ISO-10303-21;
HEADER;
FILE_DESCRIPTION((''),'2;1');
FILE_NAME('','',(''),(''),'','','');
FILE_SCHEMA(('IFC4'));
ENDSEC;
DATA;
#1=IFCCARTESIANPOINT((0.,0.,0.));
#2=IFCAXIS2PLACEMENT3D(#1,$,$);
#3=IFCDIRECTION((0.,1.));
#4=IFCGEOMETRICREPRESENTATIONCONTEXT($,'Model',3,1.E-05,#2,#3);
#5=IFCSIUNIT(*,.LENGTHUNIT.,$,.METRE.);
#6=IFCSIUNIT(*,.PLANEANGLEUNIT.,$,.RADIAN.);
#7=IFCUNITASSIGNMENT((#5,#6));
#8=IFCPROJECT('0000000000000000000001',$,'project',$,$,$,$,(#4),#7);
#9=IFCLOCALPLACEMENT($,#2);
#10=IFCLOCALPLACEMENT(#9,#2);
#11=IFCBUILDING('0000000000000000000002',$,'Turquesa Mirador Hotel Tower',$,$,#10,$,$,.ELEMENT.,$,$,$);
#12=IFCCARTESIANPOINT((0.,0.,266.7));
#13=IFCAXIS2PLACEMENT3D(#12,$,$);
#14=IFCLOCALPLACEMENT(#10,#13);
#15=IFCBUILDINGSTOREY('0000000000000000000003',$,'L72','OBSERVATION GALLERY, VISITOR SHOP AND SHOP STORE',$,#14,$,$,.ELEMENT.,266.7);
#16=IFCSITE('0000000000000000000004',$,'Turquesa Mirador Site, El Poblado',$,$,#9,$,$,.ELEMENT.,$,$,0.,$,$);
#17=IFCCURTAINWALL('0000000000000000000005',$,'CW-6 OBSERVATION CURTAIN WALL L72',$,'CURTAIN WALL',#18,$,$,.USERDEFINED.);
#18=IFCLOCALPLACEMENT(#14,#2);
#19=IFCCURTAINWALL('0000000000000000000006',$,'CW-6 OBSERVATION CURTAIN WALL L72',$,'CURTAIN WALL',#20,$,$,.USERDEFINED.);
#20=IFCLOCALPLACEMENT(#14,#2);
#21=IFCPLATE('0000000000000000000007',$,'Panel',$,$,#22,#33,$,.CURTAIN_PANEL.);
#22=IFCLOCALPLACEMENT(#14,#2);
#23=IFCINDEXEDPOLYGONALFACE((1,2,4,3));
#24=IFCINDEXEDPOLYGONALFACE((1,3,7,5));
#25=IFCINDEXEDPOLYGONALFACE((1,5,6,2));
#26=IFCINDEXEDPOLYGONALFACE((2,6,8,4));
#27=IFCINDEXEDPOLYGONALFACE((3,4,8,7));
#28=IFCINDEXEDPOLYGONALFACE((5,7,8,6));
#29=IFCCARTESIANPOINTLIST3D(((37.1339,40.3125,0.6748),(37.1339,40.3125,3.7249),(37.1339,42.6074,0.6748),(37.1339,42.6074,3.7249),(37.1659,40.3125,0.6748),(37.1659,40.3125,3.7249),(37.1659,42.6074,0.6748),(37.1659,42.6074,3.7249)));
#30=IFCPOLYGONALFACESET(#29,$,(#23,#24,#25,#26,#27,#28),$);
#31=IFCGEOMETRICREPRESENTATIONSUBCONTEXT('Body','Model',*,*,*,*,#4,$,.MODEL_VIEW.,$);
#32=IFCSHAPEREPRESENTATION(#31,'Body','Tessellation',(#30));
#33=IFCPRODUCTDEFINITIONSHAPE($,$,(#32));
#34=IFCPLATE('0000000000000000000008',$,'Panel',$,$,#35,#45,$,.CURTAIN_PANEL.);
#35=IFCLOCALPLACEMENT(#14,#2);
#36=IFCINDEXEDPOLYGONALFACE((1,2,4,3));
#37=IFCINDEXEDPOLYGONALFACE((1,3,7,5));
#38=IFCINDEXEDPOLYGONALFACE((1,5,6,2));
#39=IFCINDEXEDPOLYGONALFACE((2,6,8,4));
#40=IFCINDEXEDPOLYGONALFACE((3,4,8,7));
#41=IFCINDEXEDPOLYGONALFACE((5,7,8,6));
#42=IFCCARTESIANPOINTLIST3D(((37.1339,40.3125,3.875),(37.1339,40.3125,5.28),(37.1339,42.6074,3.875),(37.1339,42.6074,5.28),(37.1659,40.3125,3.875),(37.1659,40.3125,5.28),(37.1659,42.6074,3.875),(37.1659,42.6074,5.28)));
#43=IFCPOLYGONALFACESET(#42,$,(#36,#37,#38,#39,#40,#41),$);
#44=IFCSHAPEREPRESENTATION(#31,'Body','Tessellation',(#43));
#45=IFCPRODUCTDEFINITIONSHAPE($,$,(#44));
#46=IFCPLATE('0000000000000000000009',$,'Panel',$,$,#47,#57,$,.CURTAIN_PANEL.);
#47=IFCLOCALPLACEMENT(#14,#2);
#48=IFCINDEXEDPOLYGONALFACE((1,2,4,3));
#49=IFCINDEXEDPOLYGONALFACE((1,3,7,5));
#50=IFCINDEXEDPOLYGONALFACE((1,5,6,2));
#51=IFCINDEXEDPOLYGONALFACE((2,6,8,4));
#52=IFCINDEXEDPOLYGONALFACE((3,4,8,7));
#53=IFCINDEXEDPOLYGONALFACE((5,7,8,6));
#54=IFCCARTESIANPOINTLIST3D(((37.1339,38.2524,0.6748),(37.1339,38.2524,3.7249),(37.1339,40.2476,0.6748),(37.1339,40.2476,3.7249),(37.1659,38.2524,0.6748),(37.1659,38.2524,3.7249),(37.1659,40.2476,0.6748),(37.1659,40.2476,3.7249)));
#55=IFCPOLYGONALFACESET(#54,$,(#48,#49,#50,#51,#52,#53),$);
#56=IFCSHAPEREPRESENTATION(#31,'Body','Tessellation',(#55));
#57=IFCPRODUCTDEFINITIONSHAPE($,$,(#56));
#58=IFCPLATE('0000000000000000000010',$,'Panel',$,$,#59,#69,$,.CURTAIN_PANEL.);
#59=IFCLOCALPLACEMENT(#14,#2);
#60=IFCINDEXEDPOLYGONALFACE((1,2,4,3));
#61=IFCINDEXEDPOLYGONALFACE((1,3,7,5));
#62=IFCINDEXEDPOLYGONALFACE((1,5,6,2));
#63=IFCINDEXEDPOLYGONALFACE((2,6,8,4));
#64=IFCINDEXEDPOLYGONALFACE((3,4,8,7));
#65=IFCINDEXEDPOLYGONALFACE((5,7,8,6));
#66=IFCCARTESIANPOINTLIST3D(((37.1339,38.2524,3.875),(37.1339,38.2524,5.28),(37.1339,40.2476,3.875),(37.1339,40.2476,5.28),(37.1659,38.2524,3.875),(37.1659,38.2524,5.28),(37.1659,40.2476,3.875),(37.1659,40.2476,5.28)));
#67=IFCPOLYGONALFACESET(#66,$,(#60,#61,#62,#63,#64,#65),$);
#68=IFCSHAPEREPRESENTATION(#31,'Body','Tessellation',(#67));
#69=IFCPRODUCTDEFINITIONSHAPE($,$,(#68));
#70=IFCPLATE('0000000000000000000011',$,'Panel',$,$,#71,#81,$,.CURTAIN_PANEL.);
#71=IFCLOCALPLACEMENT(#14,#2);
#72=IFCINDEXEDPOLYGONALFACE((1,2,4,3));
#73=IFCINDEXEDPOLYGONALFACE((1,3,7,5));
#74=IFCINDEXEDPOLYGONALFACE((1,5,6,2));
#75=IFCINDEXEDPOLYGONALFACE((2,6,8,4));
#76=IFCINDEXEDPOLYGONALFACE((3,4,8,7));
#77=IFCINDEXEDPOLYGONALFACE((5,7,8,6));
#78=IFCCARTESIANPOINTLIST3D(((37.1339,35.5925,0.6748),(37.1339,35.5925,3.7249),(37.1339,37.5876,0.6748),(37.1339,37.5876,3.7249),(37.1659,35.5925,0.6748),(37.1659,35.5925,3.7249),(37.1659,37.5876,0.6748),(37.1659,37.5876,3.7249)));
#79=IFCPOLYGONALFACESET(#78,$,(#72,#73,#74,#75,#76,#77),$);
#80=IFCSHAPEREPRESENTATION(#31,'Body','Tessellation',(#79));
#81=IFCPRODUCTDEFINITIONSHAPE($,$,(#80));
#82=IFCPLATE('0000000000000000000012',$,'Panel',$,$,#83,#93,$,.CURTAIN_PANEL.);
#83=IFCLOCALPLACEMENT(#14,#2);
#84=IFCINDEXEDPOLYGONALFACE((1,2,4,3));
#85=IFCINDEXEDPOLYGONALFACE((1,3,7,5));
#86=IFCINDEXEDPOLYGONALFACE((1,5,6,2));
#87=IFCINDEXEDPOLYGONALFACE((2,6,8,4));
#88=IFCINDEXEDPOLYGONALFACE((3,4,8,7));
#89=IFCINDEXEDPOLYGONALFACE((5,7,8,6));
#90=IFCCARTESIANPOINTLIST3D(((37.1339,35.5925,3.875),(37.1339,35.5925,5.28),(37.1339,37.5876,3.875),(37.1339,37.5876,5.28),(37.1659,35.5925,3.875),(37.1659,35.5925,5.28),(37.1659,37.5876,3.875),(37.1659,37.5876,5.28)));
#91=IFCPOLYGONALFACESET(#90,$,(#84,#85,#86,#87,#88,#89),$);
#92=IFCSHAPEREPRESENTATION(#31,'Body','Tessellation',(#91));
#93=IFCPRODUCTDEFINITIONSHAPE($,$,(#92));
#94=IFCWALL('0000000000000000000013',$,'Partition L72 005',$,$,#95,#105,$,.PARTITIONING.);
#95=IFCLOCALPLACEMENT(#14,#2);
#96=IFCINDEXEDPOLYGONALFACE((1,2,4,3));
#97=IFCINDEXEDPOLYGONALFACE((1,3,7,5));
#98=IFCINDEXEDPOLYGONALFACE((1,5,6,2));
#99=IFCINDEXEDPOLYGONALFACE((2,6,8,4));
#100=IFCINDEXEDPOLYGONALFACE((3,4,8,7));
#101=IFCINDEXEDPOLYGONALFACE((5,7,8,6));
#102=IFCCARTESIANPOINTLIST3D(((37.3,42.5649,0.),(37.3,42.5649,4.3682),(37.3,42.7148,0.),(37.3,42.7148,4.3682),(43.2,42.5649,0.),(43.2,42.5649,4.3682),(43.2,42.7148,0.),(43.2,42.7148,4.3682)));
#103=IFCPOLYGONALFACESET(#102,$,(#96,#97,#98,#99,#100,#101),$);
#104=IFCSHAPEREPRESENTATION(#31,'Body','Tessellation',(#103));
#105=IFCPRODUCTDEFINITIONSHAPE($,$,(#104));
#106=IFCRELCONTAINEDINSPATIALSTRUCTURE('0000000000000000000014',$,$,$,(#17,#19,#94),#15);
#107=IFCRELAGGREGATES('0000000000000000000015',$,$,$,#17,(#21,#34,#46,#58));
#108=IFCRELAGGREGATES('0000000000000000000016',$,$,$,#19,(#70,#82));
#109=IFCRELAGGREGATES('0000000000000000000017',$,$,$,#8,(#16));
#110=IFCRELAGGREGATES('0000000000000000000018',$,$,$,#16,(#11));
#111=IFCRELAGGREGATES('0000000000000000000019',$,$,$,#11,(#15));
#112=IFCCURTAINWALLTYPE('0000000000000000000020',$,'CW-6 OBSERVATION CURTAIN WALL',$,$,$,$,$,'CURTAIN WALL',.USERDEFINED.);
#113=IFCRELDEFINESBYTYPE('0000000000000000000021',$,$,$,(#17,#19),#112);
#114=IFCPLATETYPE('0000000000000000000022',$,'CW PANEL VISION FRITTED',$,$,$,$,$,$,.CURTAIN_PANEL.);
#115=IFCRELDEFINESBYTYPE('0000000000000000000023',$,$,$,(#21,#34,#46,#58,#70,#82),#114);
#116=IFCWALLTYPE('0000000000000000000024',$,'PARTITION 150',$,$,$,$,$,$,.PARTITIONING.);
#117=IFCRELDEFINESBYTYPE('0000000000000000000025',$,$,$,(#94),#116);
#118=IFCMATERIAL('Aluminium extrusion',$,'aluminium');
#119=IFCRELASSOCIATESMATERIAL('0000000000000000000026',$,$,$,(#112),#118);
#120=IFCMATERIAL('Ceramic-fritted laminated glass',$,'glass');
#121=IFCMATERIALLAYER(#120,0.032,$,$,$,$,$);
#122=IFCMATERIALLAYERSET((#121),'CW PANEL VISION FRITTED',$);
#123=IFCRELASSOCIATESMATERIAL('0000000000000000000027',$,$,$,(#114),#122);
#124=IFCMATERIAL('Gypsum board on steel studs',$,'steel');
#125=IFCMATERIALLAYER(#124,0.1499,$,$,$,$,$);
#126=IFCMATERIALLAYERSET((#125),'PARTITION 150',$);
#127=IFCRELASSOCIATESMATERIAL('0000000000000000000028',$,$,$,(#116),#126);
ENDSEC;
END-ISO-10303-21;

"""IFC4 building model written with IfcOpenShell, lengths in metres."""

from ifc_helpers import new_model, si_unit, direction, frame, frame_2d, origin, origin_2d, place, context, subcontext, project, spatial, rectangle, extrude, material, layer, layer_set, type_object, element, aggregate, save


model = new_model("IFC4")

# Units and contexts
model_context = context("Model", 3, precision=1e-05, world=origin(), true_north=direction((0.0, 1.0)))
body_context = subcontext(model_context, "Body", "Model", "MODEL_VIEW")
ifc_project = project(units=[si_unit("LENGTHUNIT", "METRE"), si_unit("PLANEANGLEUNIT", "RADIAN")], contexts=[model_context])

# Site, building, storey
site_placement = place(None, origin())
site = spatial("IfcSite", under=ifc_project, at=site_placement, Name="Turquesa Mirador Site, El Poblado", CompositionType="ELEMENT", RefElevation=0.0)
building_placement = place(site_placement, origin())
building = spatial("IfcBuilding", under=site, at=building_placement, Name="Turquesa Mirador Hotel Tower", CompositionType="ELEMENT")
storey_placement = place(building_placement, frame((0.0, 0.0, 266.7)))
storey = spatial("IfcBuildingStorey", under=building, at=storey_placement, Name="L72", Description="OBSERVATION GALLERY, VISITOR SHOP AND SHOP STORE", CompositionType="ELEMENT", Elevation=266.7)

# Curtain walls
ifc_material_1 = material(Name="Aluminium extrusion", Category="aluminium")
curtain_wall_type = type_object("IfcCurtainWallType", Name="CW-6 OBSERVATION CURTAIN WALL", ElementType="CURTAIN WALL", PredefinedType="USERDEFINED", material=ifc_material_1)
curtain_wall_1_placement = place(storey_placement, origin())
curtain_wall_1 = element("IfcCurtainWall", 1, at=curtain_wall_1_placement, inside=storey, type_object=curtain_wall_type, Name="CW-6 OBSERVATION CURTAIN WALL L72", ObjectType="CURTAIN WALL", PredefinedType="USERDEFINED")
curtain_wall_2_placement = place(storey_placement, origin())
curtain_wall_2 = element("IfcCurtainWall", 2, at=curtain_wall_2_placement, inside=storey, type_object=curtain_wall_type, Name="CW-6 OBSERVATION CURTAIN WALL L72", ObjectType="CURTAIN WALL", PredefinedType="USERDEFINED")

# Plates
ifc_material_2 = material(Name="Ceramic-fritted laminated glass", Category="glass")
ifc_layer_1 = layer(ifc_material_2, 0.032)
ifc_layer_set_1 = layer_set([ifc_layer_1], Name="CW PANEL VISION FRITTED")
plate_type_1 = type_object("IfcPlateType", Name="CW PANEL VISION FRITTED", PredefinedType="CURTAIN_PANEL", material=ifc_layer_set_1)
plate_1_placement = place(storey_placement, frame((37.1499, 41.46, 0.6748), z_axis=(0.0, 0.0, 1.0), x_axis=(0.0, -1.0, 0.0)))
plate_1 = element("IfcPlate", 3, at=plate_1_placement, type_object=plate_type_1, Name="Panel", PredefinedType="CURTAIN_PANEL", context=body_context, shape_type="SweptSolid", body=[
    extrude(rectangle(XDim=2.2949, YDim=0.032, at=origin_2d()), origin(), (0.0, 0.0, 1.0), 3.05),
])
plate_2_placement = place(storey_placement, frame((37.1499, 41.46, 3.875), z_axis=(0.0, 0.0, 1.0), x_axis=(0.0, -1.0, 0.0)))
plate_2 = element("IfcPlate", 4, at=plate_2_placement, type_object=plate_type_1, Name="Panel", PredefinedType="CURTAIN_PANEL", context=body_context, shape_type="SweptSolid", body=[
    extrude(rectangle(XDim=2.2949, YDim=0.032, at=origin_2d()), origin(), (0.0, 0.0, 1.0), 1.405),
])
plate_3_placement = place(storey_placement, frame((37.1499, 39.25, 0.6748), z_axis=(0.0, 0.0, 1.0), x_axis=(0.0, -1.0, 0.0)))
plate_3 = element("IfcPlate", 5, at=plate_3_placement, type_object=plate_type_1, Name="Panel", PredefinedType="CURTAIN_PANEL", context=body_context, shape_type="SweptSolid", body=[
    extrude(rectangle(XDim=1.9951, YDim=0.032, at=origin_2d()), origin(), (0.0, 0.0, 1.0), 3.05),
])
plate_4_placement = place(storey_placement, frame((37.1499, 39.25, 3.875), z_axis=(0.0, 0.0, 1.0), x_axis=(0.0, -1.0, 0.0)))
plate_4 = element("IfcPlate", 6, at=plate_4_placement, type_object=plate_type_1, Name="Panel", PredefinedType="CURTAIN_PANEL", context=body_context, shape_type="SweptSolid", body=[
    extrude(rectangle(XDim=1.9951, YDim=0.032, at=origin_2d()), origin(), (0.0, 0.0, 1.0), 1.405),
])
aggregate(curtain_wall_1, [plate_1, plate_2, plate_3, plate_4])
plate_5_placement = place(storey_placement, frame((37.1499, 36.5901, 0.6748), z_axis=(0.0, 0.0, 1.0), x_axis=(0.0, -1.0, 0.0)))
plate_5 = element("IfcPlate", 7, at=plate_5_placement, type_object=plate_type_1, Name="Panel", PredefinedType="CURTAIN_PANEL", context=body_context, shape_type="SweptSolid", body=[
    extrude(rectangle(XDim=1.9951, YDim=0.032, at=origin_2d()), origin(), (0.0, 0.0, 1.0), 3.05),
])
plate_6_placement = place(storey_placement, frame((37.1499, 36.5901, 3.875), z_axis=(0.0, 0.0, 1.0), x_axis=(0.0, -1.0, 0.0)))
plate_6 = element("IfcPlate", 8, at=plate_6_placement, type_object=plate_type_1, Name="Panel", PredefinedType="CURTAIN_PANEL", context=body_context, shape_type="SweptSolid", body=[
    extrude(rectangle(XDim=1.9951, YDim=0.032, at=origin_2d()), origin(), (0.0, 0.0, 1.0), 1.405),
])
aggregate(curtain_wall_2, [plate_5, plate_6])

# Wall
ifc_material_3 = material(Name="Gypsum board on steel studs", Category="steel")
ifc_layer_2 = layer(ifc_material_3, 0.1499)
ifc_layer_set_2 = layer_set([ifc_layer_2], Name="PARTITION 150")
wall_type = type_object("IfcWallType", Name="PARTITION 150", PredefinedType="PARTITIONING", material=ifc_layer_set_2)
wall_placement = place(storey_placement, frame((37.3, 42.6399, 0.0), z_axis=(0.0, 0.0, 1.0), x_axis=(1.0, 0.0, 0.0)))
element("IfcWall", 9, at=wall_placement, inside=storey, type_object=wall_type, Name="Partition L72 005", PredefinedType="PARTITIONING", context=body_context, shape_type="SweptSolid", body=[
    extrude(rectangle(XDim=5.8999, YDim=0.1499, at=frame_2d((2.95, 0.0))), origin(), (0.0, 0.0, 1.0), 4.3682),
])

save(model, "model.ifc")
